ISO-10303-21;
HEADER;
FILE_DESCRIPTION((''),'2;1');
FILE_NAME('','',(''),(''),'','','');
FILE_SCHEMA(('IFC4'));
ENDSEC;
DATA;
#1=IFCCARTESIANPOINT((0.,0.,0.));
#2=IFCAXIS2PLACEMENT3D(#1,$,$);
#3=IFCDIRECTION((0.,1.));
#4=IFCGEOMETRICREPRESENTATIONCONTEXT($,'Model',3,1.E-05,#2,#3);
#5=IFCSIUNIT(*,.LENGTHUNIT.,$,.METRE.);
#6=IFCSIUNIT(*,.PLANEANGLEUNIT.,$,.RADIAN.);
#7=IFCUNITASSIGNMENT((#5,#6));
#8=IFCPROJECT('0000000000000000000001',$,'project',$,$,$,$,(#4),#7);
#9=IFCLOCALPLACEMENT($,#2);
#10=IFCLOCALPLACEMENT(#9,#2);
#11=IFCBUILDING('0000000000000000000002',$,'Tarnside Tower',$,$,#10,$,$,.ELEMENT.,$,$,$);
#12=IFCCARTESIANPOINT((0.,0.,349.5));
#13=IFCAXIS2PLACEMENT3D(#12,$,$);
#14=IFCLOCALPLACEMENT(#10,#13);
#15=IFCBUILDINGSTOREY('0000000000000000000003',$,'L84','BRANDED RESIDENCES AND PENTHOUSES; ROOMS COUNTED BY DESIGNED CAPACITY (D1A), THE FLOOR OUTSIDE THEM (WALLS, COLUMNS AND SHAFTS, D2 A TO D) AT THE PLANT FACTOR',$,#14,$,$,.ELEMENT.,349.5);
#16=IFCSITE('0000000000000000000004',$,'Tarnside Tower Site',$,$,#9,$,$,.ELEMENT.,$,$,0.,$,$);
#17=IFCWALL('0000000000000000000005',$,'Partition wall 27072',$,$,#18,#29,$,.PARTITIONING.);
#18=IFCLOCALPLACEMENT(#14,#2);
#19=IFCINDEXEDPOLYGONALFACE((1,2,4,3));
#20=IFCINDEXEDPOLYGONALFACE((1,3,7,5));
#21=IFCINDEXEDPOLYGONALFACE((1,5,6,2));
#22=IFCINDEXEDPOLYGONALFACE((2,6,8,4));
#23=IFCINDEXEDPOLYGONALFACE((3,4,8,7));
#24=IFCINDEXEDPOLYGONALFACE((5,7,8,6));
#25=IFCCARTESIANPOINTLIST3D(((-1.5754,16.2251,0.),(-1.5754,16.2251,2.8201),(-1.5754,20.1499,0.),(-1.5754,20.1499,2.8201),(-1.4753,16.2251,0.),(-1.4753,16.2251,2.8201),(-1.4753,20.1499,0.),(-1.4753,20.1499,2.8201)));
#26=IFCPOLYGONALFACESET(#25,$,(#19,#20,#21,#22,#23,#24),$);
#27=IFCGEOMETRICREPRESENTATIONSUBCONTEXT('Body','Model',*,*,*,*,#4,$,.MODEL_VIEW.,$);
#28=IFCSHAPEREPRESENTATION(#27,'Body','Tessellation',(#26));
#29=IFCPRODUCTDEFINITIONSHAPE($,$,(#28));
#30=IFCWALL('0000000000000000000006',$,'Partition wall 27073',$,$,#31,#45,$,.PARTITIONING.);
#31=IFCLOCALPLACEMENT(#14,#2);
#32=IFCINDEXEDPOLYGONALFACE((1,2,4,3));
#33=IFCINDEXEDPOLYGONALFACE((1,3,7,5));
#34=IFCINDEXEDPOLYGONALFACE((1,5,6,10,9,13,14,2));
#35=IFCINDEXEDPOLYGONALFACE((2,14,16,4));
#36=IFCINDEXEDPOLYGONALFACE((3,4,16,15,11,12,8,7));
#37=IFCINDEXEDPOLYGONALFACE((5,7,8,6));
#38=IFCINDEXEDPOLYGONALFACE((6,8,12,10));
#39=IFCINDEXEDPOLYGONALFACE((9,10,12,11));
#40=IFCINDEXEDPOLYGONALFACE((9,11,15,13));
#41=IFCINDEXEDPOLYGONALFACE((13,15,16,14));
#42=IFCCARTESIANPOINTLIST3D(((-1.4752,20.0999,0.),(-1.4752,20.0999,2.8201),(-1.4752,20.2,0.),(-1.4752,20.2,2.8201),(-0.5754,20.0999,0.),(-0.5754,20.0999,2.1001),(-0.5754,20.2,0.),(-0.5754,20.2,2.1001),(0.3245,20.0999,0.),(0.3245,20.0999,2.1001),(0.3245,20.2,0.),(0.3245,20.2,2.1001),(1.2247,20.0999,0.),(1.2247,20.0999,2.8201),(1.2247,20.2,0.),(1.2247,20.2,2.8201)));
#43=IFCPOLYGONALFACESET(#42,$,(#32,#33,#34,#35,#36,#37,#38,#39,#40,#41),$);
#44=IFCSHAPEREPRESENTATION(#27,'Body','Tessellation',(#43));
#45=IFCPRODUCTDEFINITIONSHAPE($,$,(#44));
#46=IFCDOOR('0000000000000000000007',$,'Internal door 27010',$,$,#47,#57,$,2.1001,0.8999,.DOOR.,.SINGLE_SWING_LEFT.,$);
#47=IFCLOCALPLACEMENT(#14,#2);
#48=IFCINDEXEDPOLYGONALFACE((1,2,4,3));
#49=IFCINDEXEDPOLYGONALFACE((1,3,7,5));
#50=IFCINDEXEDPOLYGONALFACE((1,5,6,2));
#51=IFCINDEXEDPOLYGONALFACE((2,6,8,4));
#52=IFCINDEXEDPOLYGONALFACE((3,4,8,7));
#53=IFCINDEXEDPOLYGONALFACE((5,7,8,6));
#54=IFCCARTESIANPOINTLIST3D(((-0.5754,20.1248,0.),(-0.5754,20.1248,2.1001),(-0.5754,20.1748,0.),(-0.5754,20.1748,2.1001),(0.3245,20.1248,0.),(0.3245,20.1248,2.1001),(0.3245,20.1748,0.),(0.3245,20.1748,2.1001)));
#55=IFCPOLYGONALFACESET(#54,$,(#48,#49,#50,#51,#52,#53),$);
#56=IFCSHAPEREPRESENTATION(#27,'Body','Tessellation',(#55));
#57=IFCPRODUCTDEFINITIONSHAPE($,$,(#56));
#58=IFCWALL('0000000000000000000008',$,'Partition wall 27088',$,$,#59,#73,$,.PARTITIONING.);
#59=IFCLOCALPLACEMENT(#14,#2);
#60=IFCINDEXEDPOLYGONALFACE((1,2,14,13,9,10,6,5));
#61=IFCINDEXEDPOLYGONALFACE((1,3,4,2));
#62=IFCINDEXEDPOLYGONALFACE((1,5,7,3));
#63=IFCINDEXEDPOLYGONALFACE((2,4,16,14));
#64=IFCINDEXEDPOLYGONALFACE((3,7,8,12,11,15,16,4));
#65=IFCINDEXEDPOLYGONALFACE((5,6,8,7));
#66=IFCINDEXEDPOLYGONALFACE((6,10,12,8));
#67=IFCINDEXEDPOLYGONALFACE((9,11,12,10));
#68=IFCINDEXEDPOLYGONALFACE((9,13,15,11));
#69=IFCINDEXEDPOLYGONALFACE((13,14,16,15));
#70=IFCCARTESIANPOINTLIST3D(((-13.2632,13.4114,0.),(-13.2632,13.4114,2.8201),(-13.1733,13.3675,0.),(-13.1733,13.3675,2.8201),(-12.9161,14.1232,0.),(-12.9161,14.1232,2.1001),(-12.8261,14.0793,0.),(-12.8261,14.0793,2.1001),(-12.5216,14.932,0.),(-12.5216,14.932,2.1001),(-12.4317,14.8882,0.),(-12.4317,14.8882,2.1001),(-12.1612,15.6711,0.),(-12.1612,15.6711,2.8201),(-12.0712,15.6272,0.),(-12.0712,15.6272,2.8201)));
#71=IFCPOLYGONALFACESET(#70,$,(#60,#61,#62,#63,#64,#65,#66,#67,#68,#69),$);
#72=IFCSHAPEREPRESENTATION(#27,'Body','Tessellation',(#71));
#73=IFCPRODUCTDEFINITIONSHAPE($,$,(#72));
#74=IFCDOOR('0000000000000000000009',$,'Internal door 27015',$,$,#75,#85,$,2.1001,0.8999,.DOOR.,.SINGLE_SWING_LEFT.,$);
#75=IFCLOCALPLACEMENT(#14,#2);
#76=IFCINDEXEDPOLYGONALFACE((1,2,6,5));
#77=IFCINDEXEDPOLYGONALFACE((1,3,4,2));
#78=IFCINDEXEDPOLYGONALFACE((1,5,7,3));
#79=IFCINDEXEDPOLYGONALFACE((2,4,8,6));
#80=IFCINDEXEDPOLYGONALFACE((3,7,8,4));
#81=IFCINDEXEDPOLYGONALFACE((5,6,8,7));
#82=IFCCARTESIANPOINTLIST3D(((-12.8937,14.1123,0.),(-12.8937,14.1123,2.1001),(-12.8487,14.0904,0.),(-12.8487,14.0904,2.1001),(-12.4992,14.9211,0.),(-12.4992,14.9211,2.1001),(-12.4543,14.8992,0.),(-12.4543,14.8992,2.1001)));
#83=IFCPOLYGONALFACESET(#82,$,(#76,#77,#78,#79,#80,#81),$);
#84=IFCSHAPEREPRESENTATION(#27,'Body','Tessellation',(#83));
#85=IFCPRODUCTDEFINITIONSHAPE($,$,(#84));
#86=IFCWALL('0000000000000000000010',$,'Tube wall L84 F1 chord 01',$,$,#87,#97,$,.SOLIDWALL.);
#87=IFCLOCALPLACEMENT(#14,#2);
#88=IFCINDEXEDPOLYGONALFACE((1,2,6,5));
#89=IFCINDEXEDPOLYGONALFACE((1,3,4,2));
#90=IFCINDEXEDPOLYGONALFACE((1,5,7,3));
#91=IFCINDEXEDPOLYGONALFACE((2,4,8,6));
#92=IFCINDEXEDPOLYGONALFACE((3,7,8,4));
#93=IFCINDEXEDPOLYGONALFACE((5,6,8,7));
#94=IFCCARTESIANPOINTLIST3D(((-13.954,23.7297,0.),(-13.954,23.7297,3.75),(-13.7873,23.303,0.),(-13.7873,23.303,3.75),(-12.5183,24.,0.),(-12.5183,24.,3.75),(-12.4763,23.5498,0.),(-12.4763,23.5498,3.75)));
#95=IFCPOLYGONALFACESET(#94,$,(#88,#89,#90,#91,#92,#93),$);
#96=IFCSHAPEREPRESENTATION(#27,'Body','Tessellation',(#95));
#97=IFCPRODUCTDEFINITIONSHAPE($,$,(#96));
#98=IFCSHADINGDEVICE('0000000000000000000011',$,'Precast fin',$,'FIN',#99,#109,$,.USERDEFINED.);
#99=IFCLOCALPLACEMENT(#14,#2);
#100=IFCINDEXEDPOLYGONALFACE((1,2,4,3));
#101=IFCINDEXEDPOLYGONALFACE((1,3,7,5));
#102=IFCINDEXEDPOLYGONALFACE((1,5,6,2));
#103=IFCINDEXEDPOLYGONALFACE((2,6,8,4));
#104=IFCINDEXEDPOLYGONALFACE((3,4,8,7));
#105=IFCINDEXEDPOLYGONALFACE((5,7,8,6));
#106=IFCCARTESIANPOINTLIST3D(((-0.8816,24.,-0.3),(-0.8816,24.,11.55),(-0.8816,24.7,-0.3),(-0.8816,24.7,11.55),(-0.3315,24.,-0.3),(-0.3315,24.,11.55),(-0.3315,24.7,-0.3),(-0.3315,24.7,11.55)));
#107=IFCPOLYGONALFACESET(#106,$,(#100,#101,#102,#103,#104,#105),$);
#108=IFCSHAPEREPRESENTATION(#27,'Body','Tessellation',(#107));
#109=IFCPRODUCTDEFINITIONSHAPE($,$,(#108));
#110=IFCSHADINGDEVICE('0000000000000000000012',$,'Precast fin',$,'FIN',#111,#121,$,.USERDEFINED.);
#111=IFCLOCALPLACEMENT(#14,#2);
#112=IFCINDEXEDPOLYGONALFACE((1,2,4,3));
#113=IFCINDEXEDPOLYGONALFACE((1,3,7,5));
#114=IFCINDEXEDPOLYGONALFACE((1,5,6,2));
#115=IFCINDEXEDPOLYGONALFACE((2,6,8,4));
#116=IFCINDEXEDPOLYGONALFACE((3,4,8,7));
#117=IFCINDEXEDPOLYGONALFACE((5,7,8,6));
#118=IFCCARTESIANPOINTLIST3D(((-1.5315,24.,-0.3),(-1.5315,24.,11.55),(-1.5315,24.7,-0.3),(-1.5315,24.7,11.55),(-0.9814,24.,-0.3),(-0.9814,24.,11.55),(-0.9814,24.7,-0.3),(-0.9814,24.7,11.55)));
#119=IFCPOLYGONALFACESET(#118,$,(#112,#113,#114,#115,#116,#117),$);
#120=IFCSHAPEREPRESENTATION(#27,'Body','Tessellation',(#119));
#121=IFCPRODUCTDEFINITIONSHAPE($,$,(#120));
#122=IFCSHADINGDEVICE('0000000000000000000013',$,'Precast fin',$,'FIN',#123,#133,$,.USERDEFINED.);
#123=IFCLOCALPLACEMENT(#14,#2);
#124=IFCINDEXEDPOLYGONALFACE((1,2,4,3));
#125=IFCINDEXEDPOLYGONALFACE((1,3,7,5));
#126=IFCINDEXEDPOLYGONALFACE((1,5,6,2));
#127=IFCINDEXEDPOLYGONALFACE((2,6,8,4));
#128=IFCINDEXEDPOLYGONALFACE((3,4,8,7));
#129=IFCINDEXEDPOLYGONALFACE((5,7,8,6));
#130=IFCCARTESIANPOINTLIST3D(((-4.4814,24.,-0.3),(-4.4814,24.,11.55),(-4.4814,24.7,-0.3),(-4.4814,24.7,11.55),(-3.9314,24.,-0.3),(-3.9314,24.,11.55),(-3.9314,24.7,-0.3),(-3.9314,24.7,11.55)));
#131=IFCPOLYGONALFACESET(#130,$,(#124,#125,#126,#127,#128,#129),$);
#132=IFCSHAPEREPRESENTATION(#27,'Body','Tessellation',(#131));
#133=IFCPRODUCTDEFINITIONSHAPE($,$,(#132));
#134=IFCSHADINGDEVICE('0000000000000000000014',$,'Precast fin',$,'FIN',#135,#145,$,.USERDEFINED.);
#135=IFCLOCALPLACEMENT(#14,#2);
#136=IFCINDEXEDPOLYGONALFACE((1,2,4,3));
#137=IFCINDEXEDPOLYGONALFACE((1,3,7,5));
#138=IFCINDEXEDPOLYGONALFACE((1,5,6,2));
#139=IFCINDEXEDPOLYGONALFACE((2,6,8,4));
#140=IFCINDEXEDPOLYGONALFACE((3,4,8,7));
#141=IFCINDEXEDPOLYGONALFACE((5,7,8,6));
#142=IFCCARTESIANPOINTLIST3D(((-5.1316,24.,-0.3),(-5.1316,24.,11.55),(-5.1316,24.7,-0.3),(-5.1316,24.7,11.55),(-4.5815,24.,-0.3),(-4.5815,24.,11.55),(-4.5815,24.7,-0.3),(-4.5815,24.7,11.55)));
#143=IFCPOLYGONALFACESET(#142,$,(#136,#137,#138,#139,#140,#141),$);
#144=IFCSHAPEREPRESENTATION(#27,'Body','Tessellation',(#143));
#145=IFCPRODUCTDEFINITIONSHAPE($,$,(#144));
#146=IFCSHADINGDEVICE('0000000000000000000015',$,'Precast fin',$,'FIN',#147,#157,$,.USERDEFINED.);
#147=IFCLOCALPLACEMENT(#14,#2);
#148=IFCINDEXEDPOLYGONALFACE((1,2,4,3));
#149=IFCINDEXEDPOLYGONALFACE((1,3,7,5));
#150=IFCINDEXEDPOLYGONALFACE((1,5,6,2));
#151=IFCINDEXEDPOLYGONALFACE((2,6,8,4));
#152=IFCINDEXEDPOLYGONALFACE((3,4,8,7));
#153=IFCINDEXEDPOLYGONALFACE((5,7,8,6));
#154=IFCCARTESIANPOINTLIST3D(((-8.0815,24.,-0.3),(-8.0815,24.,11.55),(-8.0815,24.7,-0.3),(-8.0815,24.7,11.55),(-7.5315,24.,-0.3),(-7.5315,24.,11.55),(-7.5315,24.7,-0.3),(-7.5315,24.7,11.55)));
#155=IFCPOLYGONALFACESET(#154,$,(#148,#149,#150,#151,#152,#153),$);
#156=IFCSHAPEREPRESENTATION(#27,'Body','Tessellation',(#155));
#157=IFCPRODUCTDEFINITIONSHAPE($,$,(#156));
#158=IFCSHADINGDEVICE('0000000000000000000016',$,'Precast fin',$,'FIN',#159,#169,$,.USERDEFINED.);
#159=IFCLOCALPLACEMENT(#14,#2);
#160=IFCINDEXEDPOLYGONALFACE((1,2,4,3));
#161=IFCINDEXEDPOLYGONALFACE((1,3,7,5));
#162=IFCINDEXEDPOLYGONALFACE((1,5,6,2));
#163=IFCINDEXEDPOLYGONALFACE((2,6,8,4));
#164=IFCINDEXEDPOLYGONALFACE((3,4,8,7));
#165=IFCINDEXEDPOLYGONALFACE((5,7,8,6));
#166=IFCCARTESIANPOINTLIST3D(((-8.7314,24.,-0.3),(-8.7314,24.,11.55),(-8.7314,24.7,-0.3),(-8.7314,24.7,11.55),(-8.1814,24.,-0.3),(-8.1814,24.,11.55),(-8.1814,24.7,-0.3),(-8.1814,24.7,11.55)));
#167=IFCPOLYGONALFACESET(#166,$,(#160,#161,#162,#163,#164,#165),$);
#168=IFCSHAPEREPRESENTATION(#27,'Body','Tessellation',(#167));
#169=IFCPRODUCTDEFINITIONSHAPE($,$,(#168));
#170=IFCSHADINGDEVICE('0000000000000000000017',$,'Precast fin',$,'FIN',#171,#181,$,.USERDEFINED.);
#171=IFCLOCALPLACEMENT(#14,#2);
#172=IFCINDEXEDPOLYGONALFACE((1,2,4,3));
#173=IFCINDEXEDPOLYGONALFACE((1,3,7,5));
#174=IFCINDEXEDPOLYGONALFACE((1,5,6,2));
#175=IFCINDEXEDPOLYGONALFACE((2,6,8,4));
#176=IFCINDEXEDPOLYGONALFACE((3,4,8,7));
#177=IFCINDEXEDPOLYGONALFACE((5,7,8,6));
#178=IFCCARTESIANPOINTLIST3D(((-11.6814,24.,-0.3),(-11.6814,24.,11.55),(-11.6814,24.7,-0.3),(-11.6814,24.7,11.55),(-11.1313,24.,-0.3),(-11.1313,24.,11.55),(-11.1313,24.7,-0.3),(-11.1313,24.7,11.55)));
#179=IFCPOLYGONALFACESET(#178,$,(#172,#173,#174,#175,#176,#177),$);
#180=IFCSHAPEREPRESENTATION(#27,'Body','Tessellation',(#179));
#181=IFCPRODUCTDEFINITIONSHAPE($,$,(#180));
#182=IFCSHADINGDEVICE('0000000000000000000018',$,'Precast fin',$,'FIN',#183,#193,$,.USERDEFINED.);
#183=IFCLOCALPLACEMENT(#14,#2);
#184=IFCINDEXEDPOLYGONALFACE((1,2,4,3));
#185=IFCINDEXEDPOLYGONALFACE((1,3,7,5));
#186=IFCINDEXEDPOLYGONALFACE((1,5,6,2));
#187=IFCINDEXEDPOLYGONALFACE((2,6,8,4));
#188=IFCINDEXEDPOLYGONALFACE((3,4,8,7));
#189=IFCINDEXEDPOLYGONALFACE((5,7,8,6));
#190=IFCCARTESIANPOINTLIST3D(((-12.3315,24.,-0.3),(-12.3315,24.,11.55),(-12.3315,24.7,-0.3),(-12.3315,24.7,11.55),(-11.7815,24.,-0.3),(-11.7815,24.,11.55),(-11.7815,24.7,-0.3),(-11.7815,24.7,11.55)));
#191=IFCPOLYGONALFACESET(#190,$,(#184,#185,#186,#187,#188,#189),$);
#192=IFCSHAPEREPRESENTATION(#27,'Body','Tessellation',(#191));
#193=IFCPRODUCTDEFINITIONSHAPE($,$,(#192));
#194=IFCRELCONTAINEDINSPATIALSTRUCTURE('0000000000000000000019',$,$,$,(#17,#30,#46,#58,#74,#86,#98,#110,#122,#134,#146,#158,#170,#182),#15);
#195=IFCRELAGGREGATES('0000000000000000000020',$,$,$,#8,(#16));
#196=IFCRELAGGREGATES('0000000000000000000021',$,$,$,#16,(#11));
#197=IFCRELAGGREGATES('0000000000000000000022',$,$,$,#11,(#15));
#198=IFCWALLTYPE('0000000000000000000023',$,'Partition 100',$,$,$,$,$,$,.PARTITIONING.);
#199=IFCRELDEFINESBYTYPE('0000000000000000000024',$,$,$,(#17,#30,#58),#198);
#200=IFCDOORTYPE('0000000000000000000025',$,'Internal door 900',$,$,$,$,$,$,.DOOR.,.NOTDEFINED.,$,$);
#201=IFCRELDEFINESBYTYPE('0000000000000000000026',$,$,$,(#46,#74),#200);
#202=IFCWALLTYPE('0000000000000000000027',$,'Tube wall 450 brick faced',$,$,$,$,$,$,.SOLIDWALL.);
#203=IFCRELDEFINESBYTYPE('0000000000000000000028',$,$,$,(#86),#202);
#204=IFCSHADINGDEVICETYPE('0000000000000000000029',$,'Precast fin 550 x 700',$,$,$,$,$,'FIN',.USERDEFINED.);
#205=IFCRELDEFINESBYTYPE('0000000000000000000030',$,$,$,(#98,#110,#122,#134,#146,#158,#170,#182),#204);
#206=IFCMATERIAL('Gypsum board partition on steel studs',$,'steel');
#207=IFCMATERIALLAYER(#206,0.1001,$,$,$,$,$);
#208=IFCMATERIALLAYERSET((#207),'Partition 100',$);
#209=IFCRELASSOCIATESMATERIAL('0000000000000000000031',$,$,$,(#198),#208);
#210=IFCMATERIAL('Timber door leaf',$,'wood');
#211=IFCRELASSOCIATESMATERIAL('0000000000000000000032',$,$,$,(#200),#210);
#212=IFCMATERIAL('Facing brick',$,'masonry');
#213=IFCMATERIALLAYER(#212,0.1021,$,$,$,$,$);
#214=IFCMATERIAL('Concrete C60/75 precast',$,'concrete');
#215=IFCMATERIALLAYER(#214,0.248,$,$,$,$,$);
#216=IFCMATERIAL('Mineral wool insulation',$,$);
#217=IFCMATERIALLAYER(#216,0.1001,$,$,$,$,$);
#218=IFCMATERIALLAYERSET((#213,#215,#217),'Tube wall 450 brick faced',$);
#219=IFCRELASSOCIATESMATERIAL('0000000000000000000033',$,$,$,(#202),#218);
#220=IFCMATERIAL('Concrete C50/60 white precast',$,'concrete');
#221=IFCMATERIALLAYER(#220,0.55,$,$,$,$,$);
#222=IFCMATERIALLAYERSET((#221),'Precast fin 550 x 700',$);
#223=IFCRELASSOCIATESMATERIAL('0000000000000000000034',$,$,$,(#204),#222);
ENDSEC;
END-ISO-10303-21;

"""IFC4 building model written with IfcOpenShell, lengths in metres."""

from ifc_helpers import new_model, si_unit, direction, frame, frame_2d, origin, place, context, subcontext, project, spatial, polyline, rectangle, outline, extrude, material, layer, layer_set, type_object, element, fill, save


model = new_model("IFC4")

# Units and contexts
model_context = context("Model", 3, precision=1e-05, world=origin(), true_north=direction((0.0, 1.0)))
body_context = subcontext(model_context, "Body", "Model", "MODEL_VIEW")
ifc_project = project(units=[si_unit("LENGTHUNIT", "METRE"), si_unit("PLANEANGLEUNIT", "RADIAN")], contexts=[model_context])

# Site, building, storey
site_placement = place(None, origin())
site = spatial("IfcSite", under=ifc_project, at=site_placement, Name="Tarnside Tower Site", CompositionType="ELEMENT", RefElevation=0.0)
building_placement = place(site_placement, origin())
building = spatial("IfcBuilding", under=site, at=building_placement, Name="Tarnside Tower", CompositionType="ELEMENT")
storey_placement = place(building_placement, frame((0.0, 0.0, 349.5)))
storey = spatial("IfcBuildingStorey", under=building, at=storey_placement, Name="L84", Description="BRANDED RESIDENCES AND PENTHOUSES; ROOMS COUNTED BY DESIGNED CAPACITY (D1A), THE FLOOR OUTSIDE THEM (WALLS, COLUMNS AND SHAFTS, D2 A TO D) AT THE PLANT FACTOR", CompositionType="ELEMENT", Elevation=349.5)

# Shared definitions
ifc_material_1 = material(Name="Gypsum board partition on steel studs", Category="steel")
ifc_material_2 = material(Name="Timber door leaf", Category="wood")

# Wall
ifc_layer_1 = layer(ifc_material_1, 0.1001)
ifc_layer_set_1 = layer_set([ifc_layer_1], Name="Partition 100")
wall_type_1 = type_object("IfcWallType", Name="Partition 100", PredefinedType="PARTITIONING", material=ifc_layer_set_1)
wall_1_placement = place(storey_placement, frame((-1.5254, 16.2251, 0.0), z_axis=(0.0, 0.0, 1.0), x_axis=(0.0, 1.0, 0.0)))
element("IfcWall", 1, at=wall_1_placement, inside=storey, type_object=wall_type_1, Name="Partition wall 27072", PredefinedType="PARTITIONING", context=body_context, shape_type="SweptSolid", body=[
    extrude(rectangle(XDim=3.9248, YDim=0.1001, at=frame_2d((1.9624, 0.0))), origin(), (0.0, 0.0, 1.0), 2.8201),
])

# Walls, openings, doors
wall_2_placement = place(storey_placement, frame((-1.4753, 20.1499, 0.0), z_axis=(0.0, 0.0, 1.0), x_axis=(1.0, 0.0, 0.0)))
wall_2 = element("IfcWall", 2, at=wall_2_placement, inside=storey, type_object=wall_type_1, Name="Partition wall 27073", PredefinedType="PARTITIONING", context=body_context, shape_type="SweptSolid", body=[
    extrude(rectangle(XDim=2.7, YDim=0.1001, at=frame_2d((1.3501, 0.0))), origin(), (0.0, 0.0, 1.0), 2.8201),
])
opening_1_placement = place(wall_2_placement, frame((0.8999, 0.0, 0.0)))
opening_1 = element("IfcOpeningElement", 3, at=opening_1_placement, cuts=wall_2, PredefinedType="OPENING", context=body_context, shape_type="SweptSolid", body=[
    extrude(rectangle(XDim=0.8999, YDim=2.1001, at=frame_2d((0.45, 1.05))), frame((0.0, 0.0601, 0.0), z_axis=(0.0, -1.0, 0.0), x_axis=(1.0, 0.0, 0.0)), (0.0, 0.0, 1.0), 0.1201),
])
door_type_1 = type_object("IfcDoorType", Name="Internal door 900", OperationType="NOTDEFINED", PredefinedType="DOOR", material=ifc_material_2)
door_1_placement = place(opening_1_placement, origin())
door_1 = element("IfcDoor", 4, at=door_1_placement, inside=storey, type_object=door_type_1, Name="Internal door 27010", OperationType="SINGLE_SWING_LEFT", OverallHeight=2.1001, OverallWidth=0.8999, PredefinedType="DOOR", context=body_context, shape_type="SweptSolid", body=[
    extrude(rectangle(XDim=0.8999, YDim=2.1001, at=frame_2d((0.45, 1.05))), frame((0.0, 0.0249, 0.0), z_axis=(0.0, -1.0, 0.0), x_axis=(1.0, 0.0, 0.0)), (0.0, 0.0, 1.0), 0.05),
])
fill(opening_1, door_1)
wall_3_placement = place(storey_placement, frame((-12.1162, 15.6492, 0.0), z_axis=(0.0, 0.0, 1.0), x_axis=(-0.438336, -0.898811, 0.0)))
wall_3 = element("IfcWall", 5, at=wall_3_placement, inside=storey, type_object=wall_type_1, Name="Partition wall 27088", PredefinedType="PARTITIONING", context=body_context, shape_type="SweptSolid", body=[
    extrude(rectangle(XDim=2.5142, YDim=0.1001, at=frame_2d((1.2571, 0.0))), origin(), (0.0, 0.0, 1.0), 2.8201),
])
opening_2_placement = place(wall_3_placement, frame((0.8223, 0.0, 0.0)))
opening_2 = element("IfcOpeningElement", 6, at=opening_2_placement, cuts=wall_3, PredefinedType="OPENING", context=body_context, shape_type="SweptSolid", body=[
    extrude(rectangle(XDim=0.8999, YDim=2.1001, at=frame_2d((0.45, 1.05))), frame((0.0, 0.0601, 0.0), z_axis=(0.0, -1.0, 0.0), x_axis=(1.0, 0.0, 0.0)), (0.0, 0.0, 1.0), 0.1201),
])
door_2_placement = place(opening_2_placement, origin())
door_2 = element("IfcDoor", 7, at=door_2_placement, inside=storey, type_object=door_type_1, Name="Internal door 27015", OperationType="SINGLE_SWING_LEFT", OverallHeight=2.1001, OverallWidth=0.8999, PredefinedType="DOOR", context=body_context, shape_type="SweptSolid", body=[
    extrude(rectangle(XDim=0.8999, YDim=2.1001, at=frame_2d((0.45, 1.05))), frame((0.0, 0.0249, 0.0), z_axis=(0.0, -1.0, 0.0), x_axis=(1.0, 0.0, 0.0)), (0.0, 0.0, 1.0), 0.05),
])
fill(opening_2, door_2)

# Wall
ifc_material_3 = material(Name="Facing brick", Category="masonry")
ifc_layer_2 = layer(ifc_material_3, 0.1021)
ifc_material_4 = material(Name="Concrete C60/75 precast", Category="concrete")
ifc_layer_3 = layer(ifc_material_4, 0.248)
ifc_material_5 = material(Name="Mineral wool insulation")
ifc_layer_4 = layer(ifc_material_5, 0.1001)
ifc_layer_set_2 = layer_set([ifc_layer_2, ifc_layer_3, ifc_layer_4], Name="Tube wall 450 brick faced")
wall_type_2 = type_object("IfcWallType", Name="Tube wall 450 brick faced", PredefinedType="SOLIDWALL", material=ifc_layer_set_2)
wall_4_placement = place(storey_placement, frame((-12.4973, 23.7749, 0.0), z_axis=(0.0, 0.0, 1.0), x_axis=(-0.982735, -0.185016, 0.0)))
element("IfcWall", 8, at=wall_4_placement, inside=storey, type_object=wall_type_2, Name="Tube wall L84 F1 chord 01", PredefinedType="SOLIDWALL", context=body_context, shape_type="SweptSolid", body=[
    extrude(outline(polyline([(-0.021, -0.2251), (1.4399, -0.2251), (1.355, 0.2251), (0.021, 0.2251), (-0.021, -0.2251)])), origin(), (0.0, 0.0, 1.0), 3.75),
])

# Shading devices
ifc_material_6 = material(Name="Concrete C50/60 white precast", Category="concrete")
ifc_layer_5 = layer(ifc_material_6, 0.55)
ifc_layer_set_3 = layer_set([ifc_layer_5], Name="Precast fin 550 x 700")
shading_device_type = type_object("IfcShadingDeviceType", Name="Precast fin 550 x 700", ElementType="FIN", PredefinedType="USERDEFINED", material=ifc_layer_set_3)
for number, where, z_axis, x_axis, name in (
    (9, (-0.6067, 24.0, -0.3), (1.0, 0.0, 0.0), (0.0, 1.0, 0.0), "Precast fin"),
    (10, (-1.2566, 24.0, -0.3), (1.0, 0.0, 0.0), (0.0, 1.0, 0.0), "Precast fin"),
    (11, (-4.2065, 24.0, -0.3), (1.0, 0.0, 0.0), (0.0, 1.0, 0.0), "Precast fin"),
    (12, (-4.8567, 24.0, -0.3), (1.0, 0.0, 0.0), (0.0, 1.0, 0.0), "Precast fin"),
    (13, (-7.8066, 24.0, -0.3), (1.0, 0.0, 0.0), (0.0, 1.0, 0.0), "Precast fin"),
    (14, (-8.4565, 24.0, -0.3), (1.0, 0.0, 0.0), (0.0, 1.0, 0.0), "Precast fin"),
    (15, (-11.4065, 24.0, -0.3), (1.0, 0.0, 0.0), (0.0, 1.0, 0.0), "Precast fin"),
    (16, (-12.0566, 24.0, -0.3), (1.0, 0.0, 0.0), (0.0, 1.0, 0.0), "Precast fin"),
):
    element("IfcShadingDevice", number, at=place(storey_placement, frame(where, z_axis=z_axis, x_axis=x_axis)), inside=storey, type_object=shading_device_type, Name=name, ObjectType="FIN", PredefinedType="USERDEFINED", context=body_context, shape_type="SweptSolid", body=[
        extrude(outline(polyline([(0.0, 0.0), (0.7, 0.0), (0.7, 11.8501), (0.0, 11.8501), (0.0, 0.0)])), frame((0.0, 0.0, -0.2749)), (0.0, 0.0, 1.0), 0.55),
    ])

save(model, "model.ifc")
